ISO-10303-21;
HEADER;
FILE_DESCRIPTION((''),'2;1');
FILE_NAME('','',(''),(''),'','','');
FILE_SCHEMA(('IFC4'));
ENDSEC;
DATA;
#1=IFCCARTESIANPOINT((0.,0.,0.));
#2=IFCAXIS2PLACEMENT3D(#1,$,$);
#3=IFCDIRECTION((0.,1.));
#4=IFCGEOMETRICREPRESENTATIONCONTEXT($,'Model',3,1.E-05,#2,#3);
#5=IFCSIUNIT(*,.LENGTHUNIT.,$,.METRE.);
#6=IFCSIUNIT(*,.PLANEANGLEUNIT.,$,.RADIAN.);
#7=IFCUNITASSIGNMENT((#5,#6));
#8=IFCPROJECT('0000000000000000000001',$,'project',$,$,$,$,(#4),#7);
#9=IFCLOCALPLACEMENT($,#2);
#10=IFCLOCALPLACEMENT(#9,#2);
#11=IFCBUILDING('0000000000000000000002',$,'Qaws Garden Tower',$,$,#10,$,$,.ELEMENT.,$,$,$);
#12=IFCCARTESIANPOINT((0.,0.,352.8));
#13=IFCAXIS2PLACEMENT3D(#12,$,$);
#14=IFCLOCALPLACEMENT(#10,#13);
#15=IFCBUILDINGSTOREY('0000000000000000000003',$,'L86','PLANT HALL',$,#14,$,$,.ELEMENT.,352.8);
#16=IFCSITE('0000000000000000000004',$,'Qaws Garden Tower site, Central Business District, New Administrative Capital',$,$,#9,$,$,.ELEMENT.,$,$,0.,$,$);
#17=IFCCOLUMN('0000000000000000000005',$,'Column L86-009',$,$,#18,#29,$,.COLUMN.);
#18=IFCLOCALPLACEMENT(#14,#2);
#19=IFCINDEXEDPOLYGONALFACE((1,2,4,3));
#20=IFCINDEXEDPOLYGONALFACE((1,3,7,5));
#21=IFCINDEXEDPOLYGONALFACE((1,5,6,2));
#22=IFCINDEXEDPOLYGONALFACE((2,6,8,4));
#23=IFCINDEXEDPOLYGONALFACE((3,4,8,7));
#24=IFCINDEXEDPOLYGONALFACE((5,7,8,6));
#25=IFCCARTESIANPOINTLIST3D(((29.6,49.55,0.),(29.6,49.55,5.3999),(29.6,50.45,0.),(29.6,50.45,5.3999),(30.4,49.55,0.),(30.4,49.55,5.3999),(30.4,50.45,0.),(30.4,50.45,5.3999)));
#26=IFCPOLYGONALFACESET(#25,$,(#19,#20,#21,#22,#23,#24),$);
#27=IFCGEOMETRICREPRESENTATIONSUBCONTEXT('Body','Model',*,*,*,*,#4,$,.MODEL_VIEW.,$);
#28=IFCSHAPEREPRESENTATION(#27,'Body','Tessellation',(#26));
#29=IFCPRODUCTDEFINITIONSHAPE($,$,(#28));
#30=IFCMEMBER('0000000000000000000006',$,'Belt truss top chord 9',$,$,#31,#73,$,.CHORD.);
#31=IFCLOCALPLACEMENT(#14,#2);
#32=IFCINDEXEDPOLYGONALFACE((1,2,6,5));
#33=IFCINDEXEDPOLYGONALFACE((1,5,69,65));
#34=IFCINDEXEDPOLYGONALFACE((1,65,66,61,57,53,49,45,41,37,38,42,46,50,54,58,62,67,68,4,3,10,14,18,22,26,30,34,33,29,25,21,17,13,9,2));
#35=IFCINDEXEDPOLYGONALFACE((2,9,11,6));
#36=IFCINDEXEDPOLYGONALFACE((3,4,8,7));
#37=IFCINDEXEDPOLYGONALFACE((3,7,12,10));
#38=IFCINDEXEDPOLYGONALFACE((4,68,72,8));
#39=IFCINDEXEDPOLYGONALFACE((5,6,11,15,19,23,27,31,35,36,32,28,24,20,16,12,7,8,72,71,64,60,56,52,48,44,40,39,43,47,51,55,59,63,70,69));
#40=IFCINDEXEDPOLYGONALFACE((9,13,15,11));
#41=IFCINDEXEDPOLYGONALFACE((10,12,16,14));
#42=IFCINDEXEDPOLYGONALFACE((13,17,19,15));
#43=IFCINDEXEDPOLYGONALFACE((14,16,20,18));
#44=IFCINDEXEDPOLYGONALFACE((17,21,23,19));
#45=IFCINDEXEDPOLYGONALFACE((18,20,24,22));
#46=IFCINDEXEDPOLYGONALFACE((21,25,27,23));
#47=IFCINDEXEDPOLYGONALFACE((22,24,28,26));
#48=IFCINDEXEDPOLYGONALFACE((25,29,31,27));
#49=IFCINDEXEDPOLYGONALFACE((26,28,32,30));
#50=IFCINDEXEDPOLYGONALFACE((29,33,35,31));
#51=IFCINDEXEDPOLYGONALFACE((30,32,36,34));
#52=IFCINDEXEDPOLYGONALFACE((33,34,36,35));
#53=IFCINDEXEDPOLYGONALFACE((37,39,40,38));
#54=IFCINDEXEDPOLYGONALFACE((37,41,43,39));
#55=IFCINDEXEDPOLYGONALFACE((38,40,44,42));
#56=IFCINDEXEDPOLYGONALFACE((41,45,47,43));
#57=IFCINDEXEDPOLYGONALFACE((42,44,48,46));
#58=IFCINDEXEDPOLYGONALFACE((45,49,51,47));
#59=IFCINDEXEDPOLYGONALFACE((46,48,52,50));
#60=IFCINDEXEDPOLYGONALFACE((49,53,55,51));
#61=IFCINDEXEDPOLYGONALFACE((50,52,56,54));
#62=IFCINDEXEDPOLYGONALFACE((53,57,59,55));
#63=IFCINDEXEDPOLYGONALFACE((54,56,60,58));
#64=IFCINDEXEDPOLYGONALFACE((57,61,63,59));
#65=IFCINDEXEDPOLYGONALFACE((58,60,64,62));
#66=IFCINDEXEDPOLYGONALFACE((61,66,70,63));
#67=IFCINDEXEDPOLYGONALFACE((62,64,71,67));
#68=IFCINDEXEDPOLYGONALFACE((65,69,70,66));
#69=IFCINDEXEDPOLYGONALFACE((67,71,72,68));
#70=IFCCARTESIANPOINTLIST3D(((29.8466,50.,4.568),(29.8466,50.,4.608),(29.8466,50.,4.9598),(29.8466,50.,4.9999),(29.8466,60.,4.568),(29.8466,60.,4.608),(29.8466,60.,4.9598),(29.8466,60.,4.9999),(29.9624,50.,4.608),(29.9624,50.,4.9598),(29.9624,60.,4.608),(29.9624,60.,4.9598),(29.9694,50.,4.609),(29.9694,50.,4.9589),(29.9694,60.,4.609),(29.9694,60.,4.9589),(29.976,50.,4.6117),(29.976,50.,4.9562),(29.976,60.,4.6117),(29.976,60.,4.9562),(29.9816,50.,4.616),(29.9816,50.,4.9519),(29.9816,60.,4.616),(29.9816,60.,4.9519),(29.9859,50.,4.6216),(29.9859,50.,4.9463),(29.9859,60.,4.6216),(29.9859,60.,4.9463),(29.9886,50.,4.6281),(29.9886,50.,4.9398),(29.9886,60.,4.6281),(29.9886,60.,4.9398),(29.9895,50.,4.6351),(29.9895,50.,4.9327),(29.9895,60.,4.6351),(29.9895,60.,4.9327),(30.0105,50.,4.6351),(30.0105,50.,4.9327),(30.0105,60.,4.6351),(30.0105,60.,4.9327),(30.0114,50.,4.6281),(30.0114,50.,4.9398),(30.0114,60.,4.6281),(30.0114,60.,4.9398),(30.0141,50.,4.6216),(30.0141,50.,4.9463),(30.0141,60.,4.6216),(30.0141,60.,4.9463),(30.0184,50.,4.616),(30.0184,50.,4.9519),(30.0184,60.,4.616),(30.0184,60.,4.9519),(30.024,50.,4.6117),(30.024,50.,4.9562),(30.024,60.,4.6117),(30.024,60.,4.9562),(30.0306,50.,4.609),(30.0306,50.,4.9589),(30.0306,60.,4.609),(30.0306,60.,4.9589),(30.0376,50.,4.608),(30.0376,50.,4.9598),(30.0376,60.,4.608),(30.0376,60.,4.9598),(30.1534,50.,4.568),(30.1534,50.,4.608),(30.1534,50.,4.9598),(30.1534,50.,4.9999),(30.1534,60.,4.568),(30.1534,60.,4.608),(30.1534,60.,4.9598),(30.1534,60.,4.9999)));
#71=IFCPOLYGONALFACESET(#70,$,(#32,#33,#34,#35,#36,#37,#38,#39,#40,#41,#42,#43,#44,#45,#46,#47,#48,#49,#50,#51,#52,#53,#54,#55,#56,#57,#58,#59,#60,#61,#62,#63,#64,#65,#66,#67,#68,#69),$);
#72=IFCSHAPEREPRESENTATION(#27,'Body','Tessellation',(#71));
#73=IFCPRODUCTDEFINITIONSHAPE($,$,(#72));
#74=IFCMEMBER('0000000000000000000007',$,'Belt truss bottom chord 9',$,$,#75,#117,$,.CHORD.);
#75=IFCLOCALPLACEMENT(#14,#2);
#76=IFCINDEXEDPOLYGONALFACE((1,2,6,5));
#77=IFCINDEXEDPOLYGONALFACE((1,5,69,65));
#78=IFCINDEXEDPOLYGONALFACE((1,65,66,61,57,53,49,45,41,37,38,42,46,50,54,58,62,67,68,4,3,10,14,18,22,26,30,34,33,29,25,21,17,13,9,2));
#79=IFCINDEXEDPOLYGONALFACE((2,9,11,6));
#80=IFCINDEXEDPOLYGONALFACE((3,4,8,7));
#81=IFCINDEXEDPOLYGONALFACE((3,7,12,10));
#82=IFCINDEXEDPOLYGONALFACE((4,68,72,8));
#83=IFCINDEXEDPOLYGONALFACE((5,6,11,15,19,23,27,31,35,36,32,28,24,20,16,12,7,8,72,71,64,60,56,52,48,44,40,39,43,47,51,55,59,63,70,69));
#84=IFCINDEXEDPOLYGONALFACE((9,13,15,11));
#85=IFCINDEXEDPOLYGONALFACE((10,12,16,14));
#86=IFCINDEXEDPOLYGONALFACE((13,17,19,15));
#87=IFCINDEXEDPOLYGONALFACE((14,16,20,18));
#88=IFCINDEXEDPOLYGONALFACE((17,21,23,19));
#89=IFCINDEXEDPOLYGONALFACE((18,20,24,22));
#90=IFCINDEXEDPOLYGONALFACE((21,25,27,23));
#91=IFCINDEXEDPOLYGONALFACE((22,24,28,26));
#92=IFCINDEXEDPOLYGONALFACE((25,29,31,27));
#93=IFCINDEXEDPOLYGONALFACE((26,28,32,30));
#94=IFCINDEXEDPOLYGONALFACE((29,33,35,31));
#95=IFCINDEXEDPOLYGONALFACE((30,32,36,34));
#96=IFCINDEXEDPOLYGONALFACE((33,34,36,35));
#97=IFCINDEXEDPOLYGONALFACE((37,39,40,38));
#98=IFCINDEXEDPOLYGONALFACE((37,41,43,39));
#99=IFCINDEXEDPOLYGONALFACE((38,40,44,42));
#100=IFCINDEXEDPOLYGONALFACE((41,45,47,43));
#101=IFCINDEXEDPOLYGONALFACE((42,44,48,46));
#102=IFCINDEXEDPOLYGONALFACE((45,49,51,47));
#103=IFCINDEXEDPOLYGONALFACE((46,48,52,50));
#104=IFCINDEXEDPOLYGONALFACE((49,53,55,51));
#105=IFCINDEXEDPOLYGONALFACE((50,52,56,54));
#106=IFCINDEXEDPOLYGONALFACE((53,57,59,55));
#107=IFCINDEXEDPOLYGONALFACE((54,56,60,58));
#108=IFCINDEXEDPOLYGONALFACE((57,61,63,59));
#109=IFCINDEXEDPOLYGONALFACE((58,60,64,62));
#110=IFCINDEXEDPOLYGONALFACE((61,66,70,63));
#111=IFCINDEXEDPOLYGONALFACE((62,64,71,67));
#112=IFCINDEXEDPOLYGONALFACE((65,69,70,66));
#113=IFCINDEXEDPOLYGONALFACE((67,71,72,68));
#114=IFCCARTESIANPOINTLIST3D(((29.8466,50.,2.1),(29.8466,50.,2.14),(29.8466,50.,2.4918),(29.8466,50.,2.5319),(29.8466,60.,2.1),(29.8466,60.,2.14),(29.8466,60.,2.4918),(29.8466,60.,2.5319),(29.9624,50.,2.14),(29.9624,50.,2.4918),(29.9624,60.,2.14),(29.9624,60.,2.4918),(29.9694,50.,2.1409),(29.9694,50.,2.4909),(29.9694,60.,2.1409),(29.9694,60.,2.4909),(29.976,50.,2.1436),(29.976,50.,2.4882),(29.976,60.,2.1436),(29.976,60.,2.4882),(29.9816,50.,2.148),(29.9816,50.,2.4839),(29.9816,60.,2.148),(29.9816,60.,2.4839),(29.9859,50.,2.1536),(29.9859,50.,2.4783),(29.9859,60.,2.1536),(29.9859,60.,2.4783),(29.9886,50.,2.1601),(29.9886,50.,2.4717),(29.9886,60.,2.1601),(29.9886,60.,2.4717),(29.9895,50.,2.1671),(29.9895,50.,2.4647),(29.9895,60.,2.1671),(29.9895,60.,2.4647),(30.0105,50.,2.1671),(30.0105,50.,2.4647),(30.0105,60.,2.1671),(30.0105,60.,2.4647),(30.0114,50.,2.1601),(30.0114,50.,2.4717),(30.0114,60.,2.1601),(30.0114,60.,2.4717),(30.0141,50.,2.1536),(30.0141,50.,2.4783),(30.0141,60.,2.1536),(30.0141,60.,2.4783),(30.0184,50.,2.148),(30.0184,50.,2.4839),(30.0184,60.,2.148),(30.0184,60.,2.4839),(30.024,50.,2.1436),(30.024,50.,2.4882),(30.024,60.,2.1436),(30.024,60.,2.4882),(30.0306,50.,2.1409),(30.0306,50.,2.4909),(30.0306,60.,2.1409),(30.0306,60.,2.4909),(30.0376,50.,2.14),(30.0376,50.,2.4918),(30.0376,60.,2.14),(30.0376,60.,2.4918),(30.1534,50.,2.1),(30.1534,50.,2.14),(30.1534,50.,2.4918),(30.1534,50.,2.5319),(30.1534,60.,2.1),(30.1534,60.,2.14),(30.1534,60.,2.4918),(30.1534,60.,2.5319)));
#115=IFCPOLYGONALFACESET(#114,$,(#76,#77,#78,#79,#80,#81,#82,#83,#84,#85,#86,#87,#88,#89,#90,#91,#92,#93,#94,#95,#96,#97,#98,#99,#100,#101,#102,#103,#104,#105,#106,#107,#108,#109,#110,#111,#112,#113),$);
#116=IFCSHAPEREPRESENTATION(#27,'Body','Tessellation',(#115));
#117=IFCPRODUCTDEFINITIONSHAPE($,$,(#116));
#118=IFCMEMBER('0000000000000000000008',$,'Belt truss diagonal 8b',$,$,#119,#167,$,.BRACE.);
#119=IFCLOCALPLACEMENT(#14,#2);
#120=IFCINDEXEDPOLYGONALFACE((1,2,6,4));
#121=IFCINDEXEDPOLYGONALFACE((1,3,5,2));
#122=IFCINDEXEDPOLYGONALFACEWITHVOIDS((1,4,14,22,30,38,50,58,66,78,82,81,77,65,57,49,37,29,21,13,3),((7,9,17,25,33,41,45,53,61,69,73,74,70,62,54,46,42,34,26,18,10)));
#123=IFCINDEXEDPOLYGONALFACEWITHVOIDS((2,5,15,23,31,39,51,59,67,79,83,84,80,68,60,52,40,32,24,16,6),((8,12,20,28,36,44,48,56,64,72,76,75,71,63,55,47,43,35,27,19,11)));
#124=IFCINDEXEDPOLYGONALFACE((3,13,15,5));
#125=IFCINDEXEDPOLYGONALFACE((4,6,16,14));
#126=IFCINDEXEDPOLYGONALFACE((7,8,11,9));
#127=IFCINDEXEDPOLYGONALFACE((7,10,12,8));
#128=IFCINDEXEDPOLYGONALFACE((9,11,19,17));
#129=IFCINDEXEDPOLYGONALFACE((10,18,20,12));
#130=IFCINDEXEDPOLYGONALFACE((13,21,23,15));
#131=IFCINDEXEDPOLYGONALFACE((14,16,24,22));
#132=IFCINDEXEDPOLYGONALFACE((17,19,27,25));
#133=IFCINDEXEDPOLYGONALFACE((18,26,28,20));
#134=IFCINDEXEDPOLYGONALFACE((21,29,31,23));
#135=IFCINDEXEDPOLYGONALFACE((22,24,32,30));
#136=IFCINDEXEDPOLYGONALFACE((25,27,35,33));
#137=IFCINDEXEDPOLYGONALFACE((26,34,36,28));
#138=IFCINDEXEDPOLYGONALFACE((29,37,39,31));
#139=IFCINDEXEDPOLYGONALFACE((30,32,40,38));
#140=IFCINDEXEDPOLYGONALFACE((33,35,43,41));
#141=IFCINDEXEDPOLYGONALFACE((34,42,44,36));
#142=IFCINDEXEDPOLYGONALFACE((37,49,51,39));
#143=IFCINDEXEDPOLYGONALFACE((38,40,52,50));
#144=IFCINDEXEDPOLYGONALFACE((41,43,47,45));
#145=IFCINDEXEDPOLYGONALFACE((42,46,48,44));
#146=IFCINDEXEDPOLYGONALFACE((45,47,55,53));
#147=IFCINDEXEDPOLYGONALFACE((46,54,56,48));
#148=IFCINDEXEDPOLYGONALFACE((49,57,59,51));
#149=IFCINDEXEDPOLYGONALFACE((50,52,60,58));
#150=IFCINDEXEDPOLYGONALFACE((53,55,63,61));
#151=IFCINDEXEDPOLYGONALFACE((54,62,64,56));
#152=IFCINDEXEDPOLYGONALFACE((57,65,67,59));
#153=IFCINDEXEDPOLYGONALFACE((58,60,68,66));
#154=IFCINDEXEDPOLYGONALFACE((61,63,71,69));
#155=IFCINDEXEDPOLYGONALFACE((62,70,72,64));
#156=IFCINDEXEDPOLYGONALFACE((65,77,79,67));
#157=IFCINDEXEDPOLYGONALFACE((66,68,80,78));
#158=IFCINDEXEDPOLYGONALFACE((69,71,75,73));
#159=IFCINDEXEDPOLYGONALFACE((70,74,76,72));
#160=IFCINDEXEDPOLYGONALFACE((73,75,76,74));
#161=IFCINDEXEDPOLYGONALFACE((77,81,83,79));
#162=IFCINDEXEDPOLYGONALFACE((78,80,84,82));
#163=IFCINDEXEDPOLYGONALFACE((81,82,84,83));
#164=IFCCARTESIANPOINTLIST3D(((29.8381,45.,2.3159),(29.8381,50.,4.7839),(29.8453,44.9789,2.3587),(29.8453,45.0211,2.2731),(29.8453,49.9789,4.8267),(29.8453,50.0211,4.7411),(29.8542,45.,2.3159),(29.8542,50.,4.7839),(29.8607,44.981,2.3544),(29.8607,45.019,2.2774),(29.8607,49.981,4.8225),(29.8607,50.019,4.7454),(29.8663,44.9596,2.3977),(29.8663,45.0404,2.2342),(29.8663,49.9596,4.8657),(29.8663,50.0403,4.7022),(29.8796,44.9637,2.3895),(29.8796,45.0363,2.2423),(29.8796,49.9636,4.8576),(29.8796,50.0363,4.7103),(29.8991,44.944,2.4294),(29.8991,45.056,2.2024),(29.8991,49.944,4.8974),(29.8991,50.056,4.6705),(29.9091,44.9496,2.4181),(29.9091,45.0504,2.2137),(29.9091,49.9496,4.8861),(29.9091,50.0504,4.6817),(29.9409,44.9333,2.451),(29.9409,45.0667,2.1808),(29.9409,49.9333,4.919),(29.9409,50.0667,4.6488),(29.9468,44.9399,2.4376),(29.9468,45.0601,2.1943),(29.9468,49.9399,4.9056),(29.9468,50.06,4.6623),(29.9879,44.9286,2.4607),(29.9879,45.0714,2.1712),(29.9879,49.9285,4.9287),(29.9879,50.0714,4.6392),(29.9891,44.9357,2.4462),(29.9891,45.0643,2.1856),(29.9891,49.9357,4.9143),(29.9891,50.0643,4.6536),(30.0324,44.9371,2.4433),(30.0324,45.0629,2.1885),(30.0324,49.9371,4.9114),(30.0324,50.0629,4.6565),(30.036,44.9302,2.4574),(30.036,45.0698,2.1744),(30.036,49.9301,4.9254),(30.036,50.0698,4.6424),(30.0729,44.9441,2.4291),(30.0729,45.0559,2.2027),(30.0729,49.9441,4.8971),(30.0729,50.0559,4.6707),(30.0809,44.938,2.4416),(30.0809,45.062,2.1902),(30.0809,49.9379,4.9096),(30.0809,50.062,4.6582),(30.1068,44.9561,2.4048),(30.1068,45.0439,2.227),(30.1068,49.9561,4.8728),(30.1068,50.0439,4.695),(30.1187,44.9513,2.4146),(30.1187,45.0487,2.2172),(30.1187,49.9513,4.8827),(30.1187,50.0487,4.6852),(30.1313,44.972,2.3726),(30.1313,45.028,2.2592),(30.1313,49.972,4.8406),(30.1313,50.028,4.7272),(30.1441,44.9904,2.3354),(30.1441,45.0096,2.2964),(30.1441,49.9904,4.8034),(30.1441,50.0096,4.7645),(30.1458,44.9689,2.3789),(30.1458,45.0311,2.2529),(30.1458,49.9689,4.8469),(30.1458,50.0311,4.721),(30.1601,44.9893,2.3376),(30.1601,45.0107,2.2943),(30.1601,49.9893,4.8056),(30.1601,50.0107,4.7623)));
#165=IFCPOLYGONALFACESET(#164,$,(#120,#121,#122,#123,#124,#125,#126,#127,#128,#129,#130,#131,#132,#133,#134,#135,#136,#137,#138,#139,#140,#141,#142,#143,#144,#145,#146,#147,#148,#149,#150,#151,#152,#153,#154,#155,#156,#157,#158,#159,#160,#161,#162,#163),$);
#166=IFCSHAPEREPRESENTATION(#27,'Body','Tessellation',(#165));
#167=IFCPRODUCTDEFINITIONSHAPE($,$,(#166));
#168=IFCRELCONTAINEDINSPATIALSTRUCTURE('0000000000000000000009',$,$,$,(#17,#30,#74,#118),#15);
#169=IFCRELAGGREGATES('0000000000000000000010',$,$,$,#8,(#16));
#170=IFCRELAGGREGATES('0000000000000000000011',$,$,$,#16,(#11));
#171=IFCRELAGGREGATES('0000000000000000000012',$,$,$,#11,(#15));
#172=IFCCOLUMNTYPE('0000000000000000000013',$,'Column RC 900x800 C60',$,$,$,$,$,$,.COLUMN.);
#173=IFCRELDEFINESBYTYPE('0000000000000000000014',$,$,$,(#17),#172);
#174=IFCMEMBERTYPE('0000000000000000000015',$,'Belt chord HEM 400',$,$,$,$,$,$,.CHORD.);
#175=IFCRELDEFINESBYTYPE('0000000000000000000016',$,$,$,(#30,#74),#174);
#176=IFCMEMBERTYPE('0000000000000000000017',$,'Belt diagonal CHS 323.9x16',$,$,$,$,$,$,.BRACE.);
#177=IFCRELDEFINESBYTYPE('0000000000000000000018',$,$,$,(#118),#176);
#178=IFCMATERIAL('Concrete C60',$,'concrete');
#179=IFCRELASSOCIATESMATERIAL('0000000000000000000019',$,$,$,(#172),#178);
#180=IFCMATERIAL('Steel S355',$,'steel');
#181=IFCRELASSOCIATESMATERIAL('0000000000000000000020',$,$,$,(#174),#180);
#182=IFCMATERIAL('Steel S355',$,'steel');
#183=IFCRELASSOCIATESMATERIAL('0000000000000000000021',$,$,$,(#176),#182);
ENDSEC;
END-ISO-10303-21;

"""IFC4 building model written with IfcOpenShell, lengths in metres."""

from ifc_helpers import new_model, si_unit, direction, frame, origin, origin_2d, place, context, subcontext, project, spatial, rectangle, hollow_circle, i_section, extrude, material, material_profile, profile_set, type_object, element, save


model = new_model("IFC4")

# Units and contexts
model_context = context("Model", 3, precision=1e-05, world=origin(), true_north=direction((0.0, 1.0)))
body_context = subcontext(model_context, "Body", "Model", "MODEL_VIEW")
ifc_project = project(units=[si_unit("LENGTHUNIT", "METRE"), si_unit("PLANEANGLEUNIT", "RADIAN")], contexts=[model_context])

# Site, building, storey
site_placement = place(None, origin())
site = spatial("IfcSite", under=ifc_project, at=site_placement, Name="Qaws Garden Tower site, Central Business District, New Administrative Capital", CompositionType="ELEMENT", RefElevation=0.0)
building_placement = place(site_placement, origin())
building = spatial("IfcBuilding", under=site, at=building_placement, Name="Qaws Garden Tower", CompositionType="ELEMENT")
storey_placement = place(building_placement, frame((0.0, 0.0, 352.8)))
storey = spatial("IfcBuildingStorey", under=building, at=storey_placement, Name="L86", Description="PLANT HALL", CompositionType="ELEMENT", Elevation=352.8)

# Column
ifc_material_1 = material(Name="Concrete C60", Category="concrete")
ifc_material_profile_1 = material_profile(ifc_material_1, rectangle(XDim=0.8999, YDim=0.8, at=origin_2d()), Name="RC 900x800")
ifc_profile_set_1 = profile_set([ifc_material_profile_1], Name="Concrete C60")
column_type = type_object("IfcColumnType", Name="Column RC 900x800 C60", PredefinedType="COLUMN", material=ifc_profile_set_1)
column_placement = place(storey_placement, frame((30.0, 50.0, 0.0), z_axis=(0.0, 0.0, 1.0), x_axis=(0.0, 1.0, 0.0)))
element("IfcColumn", 1, at=column_placement, inside=storey, type_object=column_type, Name="Column L86-009", PredefinedType="COLUMN", context=body_context, shape_type="SweptSolid", body=[
    extrude(rectangle(XDim=0.8999, YDim=0.8, at=origin_2d()), origin(), (0.0, 0.0, 1.0), 5.3999),
])

# Members
ifc_material_2 = material(Name="Steel S355", Category="steel")
ifc_material_profile_2 = material_profile(ifc_material_2, i_section(OverallWidth=0.3069, OverallDepth=0.4319, WebThickness=0.021, FlangeThickness=0.04, FilletRadius=0.0271, at=origin_2d()), Name="HEM 400")
ifc_profile_set_2 = profile_set([ifc_material_profile_2], Name="Steel S355")
member_type_1 = type_object("IfcMemberType", Name="Belt chord HEM 400", PredefinedType="CHORD", material=ifc_profile_set_2)
for number, where, z_axis, x_axis, name in (
    (2, (30.0, 50.0, 4.7839), (0.0, 1.0, 0.0), (-1.0, 0.0, 0.0), "Belt truss top chord 9"),
    (3, (30.0, 50.0, 2.3159), (0.0, 1.0, 0.0), (-1.0, 0.0, 0.0), "Belt truss bottom chord 9"),
):
    element("IfcMember", number, at=place(storey_placement, frame(where, z_axis=z_axis, x_axis=x_axis)), inside=storey, type_object=member_type_1, Name=name, PredefinedType="CHORD", context=body_context, shape_type="SweptSolid", body=[
        extrude(i_section(OverallWidth=0.3069, OverallDepth=0.4319, WebThickness=0.021, FlangeThickness=0.04, FilletRadius=0.0271, at=origin_2d()), origin(), (0.0, 0.0, 1.0), 10.0),
    ])
ifc_material_3 = material(Name="Steel S355", Category="steel")
ifc_material_profile_3 = material_profile(ifc_material_3, hollow_circle(Radius=0.1619, WallThickness=0.0161, at=origin_2d()), Name="CHS 323.9x16")
ifc_profile_set_3 = profile_set([ifc_material_profile_3], Name="Steel S355")
member_type_2 = type_object("IfcMemberType", Name="Belt diagonal CHS 323.9x16", PredefinedType="BRACE", material=ifc_profile_set_3)
for number, where, z_axis, x_axis, name in (
    (4, (30.0, 45.0, 2.3159), (0.0, 0.89671, 0.442619), (-1.0, 0.0, 0.0), "Belt truss diagonal 8b"),
):
    element("IfcMember", number, at=place(storey_placement, frame(where, z_axis=z_axis, x_axis=x_axis)), inside=storey, type_object=member_type_2, Name=name, PredefinedType="BRACE", context=body_context, shape_type="SweptSolid", body=[
        extrude(hollow_circle(Radius=0.1619, WallThickness=0.0161, at=origin_2d()), origin(), (0.0, 0.0, 1.0), 5.5759),
    ])

save(model, "model.ifc")
